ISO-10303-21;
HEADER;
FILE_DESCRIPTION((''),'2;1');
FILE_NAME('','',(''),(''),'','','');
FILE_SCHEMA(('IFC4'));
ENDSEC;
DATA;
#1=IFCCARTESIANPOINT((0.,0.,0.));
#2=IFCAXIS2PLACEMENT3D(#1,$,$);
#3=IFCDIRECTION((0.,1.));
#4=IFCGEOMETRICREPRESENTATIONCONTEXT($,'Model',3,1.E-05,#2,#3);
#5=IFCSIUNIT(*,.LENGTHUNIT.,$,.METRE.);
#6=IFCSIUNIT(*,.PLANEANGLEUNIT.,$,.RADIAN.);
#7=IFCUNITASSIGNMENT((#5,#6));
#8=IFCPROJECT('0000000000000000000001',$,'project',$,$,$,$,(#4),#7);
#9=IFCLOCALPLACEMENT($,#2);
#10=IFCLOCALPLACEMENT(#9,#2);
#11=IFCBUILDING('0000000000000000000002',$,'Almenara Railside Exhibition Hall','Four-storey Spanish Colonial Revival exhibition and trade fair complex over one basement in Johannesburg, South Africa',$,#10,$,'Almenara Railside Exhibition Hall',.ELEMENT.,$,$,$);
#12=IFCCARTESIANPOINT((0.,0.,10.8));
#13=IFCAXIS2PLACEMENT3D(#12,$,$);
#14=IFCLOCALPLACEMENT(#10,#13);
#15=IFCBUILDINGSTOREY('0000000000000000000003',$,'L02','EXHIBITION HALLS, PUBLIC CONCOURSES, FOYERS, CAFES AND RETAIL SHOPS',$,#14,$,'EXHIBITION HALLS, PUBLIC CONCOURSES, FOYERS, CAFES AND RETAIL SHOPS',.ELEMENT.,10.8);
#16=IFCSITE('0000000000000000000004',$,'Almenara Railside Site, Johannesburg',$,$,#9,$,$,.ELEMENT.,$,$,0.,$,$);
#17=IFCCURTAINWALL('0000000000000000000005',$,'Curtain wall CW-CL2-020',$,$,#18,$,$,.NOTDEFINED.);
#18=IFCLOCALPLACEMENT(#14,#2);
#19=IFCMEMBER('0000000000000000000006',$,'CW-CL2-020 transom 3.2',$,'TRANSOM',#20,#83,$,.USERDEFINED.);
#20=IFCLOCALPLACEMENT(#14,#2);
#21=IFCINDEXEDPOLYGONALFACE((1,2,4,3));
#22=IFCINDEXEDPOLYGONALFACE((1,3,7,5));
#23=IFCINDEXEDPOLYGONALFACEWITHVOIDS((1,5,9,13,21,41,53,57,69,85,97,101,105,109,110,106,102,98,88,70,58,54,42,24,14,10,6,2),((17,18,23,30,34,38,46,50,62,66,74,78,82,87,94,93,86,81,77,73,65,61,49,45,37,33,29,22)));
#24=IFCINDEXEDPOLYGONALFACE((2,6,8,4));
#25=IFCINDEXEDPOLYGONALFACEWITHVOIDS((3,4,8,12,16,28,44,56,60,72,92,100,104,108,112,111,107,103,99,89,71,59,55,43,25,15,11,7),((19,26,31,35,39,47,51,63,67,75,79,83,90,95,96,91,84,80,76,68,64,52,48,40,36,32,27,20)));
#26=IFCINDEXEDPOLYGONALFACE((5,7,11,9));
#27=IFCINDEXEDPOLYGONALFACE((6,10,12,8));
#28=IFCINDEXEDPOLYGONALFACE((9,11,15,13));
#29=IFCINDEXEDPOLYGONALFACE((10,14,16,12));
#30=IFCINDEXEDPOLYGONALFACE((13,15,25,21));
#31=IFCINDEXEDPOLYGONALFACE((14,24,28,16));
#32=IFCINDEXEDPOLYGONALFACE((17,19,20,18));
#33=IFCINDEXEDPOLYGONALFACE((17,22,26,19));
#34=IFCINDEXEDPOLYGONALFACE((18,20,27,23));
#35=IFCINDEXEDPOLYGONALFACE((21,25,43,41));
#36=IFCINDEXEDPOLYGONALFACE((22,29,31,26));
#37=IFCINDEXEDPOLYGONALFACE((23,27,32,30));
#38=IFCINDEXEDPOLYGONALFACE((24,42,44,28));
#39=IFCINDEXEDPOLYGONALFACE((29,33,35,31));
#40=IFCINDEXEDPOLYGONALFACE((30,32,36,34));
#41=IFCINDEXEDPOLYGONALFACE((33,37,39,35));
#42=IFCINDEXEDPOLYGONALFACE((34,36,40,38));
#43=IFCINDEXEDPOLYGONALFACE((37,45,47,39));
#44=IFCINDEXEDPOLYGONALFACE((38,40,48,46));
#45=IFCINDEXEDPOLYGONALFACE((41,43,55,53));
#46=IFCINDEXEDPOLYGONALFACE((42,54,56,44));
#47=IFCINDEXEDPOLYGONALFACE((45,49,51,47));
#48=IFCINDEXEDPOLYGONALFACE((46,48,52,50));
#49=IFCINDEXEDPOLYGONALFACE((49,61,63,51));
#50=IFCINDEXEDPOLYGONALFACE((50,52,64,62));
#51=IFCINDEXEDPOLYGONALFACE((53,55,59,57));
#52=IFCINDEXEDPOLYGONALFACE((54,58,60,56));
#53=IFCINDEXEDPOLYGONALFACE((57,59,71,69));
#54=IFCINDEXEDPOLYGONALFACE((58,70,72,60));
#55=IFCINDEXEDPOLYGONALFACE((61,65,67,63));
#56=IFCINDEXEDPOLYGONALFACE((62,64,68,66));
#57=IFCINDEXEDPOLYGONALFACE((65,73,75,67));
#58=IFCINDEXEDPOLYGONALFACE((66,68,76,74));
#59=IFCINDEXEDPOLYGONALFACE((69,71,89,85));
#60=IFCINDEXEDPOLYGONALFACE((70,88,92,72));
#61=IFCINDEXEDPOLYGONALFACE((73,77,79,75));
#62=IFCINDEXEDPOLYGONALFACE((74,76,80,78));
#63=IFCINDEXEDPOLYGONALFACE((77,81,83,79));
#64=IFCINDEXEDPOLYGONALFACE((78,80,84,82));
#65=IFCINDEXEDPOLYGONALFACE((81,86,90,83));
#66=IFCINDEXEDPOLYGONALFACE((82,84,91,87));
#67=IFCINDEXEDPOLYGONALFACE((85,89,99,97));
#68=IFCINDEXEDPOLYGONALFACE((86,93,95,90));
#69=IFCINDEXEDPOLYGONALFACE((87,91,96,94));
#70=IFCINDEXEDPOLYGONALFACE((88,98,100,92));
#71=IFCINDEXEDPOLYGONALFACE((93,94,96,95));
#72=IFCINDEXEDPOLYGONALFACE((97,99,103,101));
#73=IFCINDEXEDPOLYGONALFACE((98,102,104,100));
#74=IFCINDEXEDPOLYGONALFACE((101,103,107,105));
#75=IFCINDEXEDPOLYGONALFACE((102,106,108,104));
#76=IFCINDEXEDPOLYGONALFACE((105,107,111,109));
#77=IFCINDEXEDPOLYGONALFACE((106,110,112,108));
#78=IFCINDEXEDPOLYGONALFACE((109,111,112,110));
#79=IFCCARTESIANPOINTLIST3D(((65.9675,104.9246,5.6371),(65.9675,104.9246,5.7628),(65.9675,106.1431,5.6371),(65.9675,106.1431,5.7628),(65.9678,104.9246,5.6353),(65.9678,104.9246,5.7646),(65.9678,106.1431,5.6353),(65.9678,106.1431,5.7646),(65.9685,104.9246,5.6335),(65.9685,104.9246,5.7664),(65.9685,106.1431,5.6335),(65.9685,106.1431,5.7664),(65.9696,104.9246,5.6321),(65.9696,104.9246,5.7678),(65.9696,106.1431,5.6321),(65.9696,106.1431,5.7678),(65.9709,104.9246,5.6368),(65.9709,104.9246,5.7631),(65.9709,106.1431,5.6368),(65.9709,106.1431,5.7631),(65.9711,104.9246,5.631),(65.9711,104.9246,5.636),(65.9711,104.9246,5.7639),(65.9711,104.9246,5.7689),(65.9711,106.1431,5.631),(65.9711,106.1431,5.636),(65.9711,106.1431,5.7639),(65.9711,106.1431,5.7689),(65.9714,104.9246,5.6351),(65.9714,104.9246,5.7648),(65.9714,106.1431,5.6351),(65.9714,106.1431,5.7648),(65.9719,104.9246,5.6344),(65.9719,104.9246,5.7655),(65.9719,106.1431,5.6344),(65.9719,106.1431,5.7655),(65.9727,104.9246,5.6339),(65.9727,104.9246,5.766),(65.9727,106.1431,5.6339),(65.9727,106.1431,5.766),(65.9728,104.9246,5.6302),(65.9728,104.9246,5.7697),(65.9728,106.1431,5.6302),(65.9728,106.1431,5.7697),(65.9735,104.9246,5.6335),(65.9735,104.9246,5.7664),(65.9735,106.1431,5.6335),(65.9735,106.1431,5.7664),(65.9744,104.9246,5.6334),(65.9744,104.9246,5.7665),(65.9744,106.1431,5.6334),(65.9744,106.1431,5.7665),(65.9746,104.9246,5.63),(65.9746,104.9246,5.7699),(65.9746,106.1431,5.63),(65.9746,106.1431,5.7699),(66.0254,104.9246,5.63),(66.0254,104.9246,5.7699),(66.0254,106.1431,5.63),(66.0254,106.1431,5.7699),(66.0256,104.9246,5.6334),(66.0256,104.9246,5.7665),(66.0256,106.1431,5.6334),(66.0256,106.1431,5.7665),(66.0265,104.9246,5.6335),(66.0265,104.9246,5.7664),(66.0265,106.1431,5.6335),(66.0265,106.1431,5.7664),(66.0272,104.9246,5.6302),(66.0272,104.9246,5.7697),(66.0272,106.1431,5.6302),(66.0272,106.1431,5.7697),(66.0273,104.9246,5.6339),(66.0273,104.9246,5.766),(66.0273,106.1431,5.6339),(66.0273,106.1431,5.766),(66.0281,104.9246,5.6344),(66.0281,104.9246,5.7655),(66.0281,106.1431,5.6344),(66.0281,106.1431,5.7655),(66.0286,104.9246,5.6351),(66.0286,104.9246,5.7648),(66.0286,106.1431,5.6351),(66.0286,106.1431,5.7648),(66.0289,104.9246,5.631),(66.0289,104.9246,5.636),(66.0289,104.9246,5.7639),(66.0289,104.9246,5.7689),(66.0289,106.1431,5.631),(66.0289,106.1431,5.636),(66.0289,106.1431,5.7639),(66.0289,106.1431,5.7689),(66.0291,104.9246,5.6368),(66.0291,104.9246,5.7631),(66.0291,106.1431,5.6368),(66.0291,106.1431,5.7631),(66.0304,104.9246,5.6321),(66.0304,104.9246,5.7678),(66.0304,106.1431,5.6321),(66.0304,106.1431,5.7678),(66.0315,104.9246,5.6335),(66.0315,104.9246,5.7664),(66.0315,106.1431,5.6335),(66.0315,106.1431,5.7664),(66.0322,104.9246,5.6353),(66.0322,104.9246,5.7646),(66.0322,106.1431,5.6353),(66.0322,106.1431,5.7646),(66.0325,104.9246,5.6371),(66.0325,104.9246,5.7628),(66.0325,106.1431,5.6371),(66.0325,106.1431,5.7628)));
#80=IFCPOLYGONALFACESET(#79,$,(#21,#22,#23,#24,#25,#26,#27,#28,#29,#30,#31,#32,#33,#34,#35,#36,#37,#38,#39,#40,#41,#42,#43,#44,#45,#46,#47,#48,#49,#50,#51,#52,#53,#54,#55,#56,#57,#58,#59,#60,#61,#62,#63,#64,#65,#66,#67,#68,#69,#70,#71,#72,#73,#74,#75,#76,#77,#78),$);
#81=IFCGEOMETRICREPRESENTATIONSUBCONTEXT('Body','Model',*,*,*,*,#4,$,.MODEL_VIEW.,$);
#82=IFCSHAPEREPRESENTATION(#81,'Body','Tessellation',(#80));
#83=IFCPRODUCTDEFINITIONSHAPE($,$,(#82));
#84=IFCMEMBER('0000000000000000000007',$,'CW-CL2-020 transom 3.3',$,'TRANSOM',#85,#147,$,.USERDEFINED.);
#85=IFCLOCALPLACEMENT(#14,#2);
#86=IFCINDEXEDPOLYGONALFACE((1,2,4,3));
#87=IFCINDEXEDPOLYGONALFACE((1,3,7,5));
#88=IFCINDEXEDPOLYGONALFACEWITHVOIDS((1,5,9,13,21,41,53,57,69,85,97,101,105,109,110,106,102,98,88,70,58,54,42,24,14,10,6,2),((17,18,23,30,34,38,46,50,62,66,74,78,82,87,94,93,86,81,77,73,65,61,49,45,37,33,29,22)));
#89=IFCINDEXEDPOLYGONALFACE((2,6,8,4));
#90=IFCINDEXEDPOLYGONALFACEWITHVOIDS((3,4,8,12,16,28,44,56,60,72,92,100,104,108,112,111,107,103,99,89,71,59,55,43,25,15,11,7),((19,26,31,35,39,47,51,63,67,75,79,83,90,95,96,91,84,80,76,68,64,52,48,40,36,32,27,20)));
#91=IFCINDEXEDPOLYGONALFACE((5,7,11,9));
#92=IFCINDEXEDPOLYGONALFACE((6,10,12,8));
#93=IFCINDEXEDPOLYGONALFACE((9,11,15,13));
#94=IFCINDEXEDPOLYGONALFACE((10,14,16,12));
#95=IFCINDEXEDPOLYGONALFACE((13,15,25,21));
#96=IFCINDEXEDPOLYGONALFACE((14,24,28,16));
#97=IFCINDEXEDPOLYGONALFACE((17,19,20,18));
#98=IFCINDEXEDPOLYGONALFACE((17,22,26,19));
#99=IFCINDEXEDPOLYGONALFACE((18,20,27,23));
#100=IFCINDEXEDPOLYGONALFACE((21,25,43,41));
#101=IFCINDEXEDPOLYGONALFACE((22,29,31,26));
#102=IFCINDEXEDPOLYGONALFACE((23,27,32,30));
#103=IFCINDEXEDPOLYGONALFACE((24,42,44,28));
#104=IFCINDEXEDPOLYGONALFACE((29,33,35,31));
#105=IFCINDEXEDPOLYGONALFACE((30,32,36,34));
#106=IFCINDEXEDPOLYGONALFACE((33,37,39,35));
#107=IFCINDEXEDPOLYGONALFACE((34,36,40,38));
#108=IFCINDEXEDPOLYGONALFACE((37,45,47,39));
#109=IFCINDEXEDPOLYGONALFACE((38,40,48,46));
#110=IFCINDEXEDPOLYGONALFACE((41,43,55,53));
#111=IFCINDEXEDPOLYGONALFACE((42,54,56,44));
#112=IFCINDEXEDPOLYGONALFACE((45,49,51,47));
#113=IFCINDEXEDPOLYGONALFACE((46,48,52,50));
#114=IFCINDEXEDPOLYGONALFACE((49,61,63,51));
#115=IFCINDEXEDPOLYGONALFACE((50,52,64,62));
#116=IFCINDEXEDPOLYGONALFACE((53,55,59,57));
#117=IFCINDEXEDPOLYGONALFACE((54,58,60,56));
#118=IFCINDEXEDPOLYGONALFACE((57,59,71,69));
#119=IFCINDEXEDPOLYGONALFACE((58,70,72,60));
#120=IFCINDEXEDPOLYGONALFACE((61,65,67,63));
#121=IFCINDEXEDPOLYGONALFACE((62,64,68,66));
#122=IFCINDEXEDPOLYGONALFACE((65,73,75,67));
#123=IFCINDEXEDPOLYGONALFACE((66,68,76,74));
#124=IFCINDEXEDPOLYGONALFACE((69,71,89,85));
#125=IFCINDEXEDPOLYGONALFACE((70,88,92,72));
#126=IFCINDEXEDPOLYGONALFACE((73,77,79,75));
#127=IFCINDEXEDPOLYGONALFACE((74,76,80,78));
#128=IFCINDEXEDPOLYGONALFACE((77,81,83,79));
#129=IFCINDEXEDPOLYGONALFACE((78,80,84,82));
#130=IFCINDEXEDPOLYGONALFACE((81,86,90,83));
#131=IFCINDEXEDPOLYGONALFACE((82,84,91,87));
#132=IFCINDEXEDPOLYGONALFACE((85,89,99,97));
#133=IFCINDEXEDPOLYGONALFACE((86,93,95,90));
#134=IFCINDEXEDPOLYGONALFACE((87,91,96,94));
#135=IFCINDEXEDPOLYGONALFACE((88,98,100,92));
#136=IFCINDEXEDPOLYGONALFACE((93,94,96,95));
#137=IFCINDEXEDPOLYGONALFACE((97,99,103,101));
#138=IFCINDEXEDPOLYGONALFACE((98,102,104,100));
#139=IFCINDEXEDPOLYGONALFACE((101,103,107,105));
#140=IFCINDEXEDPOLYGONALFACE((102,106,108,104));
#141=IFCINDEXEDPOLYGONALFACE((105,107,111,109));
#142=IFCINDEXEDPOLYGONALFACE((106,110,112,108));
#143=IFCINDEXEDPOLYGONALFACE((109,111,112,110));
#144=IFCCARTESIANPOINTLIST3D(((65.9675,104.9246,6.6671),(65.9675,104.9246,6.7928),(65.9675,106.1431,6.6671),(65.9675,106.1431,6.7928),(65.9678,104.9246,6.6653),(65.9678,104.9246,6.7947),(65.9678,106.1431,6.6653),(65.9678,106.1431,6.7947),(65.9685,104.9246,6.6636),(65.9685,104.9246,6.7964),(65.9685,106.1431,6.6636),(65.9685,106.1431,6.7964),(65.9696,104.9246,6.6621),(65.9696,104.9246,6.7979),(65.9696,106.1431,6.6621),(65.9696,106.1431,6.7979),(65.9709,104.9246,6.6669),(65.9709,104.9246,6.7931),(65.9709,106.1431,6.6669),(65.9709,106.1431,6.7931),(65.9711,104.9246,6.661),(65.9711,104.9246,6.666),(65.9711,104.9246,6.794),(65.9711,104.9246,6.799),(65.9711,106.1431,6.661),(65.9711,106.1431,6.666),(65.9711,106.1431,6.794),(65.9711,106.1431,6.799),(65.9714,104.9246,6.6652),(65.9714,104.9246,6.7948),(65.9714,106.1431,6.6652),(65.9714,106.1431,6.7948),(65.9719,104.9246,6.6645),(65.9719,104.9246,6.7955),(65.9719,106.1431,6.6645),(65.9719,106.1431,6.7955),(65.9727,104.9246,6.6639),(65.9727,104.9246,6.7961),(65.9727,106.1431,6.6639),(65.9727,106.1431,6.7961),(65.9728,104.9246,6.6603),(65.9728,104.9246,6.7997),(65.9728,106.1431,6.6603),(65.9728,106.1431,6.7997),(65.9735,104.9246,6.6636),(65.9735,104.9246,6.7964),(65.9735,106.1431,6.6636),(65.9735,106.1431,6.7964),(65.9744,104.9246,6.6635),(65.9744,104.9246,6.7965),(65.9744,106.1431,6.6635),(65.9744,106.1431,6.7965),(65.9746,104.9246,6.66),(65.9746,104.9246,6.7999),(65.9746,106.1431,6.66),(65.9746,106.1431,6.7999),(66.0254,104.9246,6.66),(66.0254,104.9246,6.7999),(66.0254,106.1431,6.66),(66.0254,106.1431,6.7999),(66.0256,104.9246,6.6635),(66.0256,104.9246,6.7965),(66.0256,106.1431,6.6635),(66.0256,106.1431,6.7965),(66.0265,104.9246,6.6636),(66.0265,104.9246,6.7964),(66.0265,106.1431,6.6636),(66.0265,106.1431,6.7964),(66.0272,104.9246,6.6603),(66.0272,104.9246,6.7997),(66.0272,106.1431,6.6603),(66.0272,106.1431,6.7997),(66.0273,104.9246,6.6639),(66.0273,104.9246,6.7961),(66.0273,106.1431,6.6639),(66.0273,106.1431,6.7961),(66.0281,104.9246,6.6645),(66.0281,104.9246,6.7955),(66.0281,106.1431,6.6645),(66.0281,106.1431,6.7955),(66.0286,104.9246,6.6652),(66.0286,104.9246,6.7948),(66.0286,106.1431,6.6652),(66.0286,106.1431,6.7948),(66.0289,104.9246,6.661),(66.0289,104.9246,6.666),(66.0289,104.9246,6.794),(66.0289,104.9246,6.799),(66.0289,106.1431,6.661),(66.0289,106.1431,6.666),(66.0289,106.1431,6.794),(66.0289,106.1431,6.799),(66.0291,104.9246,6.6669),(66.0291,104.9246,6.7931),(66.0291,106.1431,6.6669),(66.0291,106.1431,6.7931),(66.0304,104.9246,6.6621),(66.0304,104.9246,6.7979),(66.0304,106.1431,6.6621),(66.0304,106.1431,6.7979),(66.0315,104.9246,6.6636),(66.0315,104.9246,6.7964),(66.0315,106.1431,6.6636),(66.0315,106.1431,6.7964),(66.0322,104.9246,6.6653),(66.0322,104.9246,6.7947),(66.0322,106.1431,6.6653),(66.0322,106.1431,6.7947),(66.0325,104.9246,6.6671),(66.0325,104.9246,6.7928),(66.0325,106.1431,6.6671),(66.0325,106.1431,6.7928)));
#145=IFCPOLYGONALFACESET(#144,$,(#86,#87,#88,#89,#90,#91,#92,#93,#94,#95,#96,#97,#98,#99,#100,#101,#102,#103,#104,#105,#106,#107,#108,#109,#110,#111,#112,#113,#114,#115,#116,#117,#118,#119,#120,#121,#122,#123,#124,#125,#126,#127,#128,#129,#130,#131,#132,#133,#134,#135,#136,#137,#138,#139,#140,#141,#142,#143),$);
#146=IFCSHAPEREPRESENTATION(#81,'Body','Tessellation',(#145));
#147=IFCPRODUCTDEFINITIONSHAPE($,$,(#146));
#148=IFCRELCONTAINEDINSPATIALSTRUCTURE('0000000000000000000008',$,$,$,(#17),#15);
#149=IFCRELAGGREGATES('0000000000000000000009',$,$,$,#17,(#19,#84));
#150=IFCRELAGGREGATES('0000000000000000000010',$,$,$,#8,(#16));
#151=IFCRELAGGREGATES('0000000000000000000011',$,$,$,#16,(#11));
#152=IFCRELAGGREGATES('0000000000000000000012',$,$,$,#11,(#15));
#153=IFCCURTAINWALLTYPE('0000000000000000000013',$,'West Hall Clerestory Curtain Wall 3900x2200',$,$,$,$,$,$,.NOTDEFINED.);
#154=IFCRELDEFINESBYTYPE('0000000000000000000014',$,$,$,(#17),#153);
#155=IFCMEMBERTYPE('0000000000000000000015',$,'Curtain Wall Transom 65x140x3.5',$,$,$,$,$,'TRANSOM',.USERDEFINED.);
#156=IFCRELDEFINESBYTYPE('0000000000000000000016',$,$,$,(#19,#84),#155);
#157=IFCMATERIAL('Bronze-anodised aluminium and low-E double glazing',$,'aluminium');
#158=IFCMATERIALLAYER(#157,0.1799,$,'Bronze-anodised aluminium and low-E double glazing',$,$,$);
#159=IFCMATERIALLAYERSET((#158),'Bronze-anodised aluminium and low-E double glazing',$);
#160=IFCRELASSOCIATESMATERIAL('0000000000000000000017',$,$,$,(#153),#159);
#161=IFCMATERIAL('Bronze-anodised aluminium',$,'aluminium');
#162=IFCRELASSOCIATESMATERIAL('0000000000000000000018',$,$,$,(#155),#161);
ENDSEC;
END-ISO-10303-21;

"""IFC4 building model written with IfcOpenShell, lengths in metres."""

from ifc_helpers import new_model, si_unit, direction, frame, origin, origin_2d, place, context, subcontext, project, spatial, hollow_rectangle, extrude, material, layer, layer_set, material_profile, profile_set, type_object, element, aggregate, save


model = new_model("IFC4")

# Units and contexts
model_context = context("Model", 3, precision=1e-05, world=origin(), true_north=direction((0.0, 1.0)))
body_context = subcontext(model_context, "Body", "Model", "MODEL_VIEW")
ifc_project = project(units=[si_unit("LENGTHUNIT", "METRE"), si_unit("PLANEANGLEUNIT", "RADIAN")], contexts=[model_context])

# Site, building, storey
site_placement = place(None, origin())
site = spatial("IfcSite", under=ifc_project, at=site_placement, Name="Almenara Railside Site, Johannesburg", CompositionType="ELEMENT", RefElevation=0.0)
building_placement = place(site_placement, origin())
building = spatial("IfcBuilding", under=site, at=building_placement, Name="Almenara Railside Exhibition Hall", Description="Four-storey Spanish Colonial Revival exhibition and trade fair complex over one basement in Johannesburg, South Africa", LongName="Almenara Railside Exhibition Hall", CompositionType="ELEMENT")
storey_placement = place(building_placement, frame((0.0, 0.0, 10.8)))
storey = spatial("IfcBuildingStorey", under=building, at=storey_placement, Name="L02", Description="EXHIBITION HALLS, PUBLIC CONCOURSES, FOYERS, CAFES AND RETAIL SHOPS", LongName="EXHIBITION HALLS, PUBLIC CONCOURSES, FOYERS, CAFES AND RETAIL SHOPS", CompositionType="ELEMENT", Elevation=10.8)

# Curtain wall
ifc_material_1 = material(Name="Bronze-anodised aluminium and low-E double glazing", Category="aluminium")
ifc_layer_1 = layer(ifc_material_1, 0.1799, Name="Bronze-anodised aluminium and low-E double glazing")
ifc_layer_set_1 = layer_set([ifc_layer_1], Name="Bronze-anodised aluminium and low-E double glazing")
curtain_wall_type = type_object("IfcCurtainWallType", Name="West Hall Clerestory Curtain Wall 3900x2200", PredefinedType="NOTDEFINED", material=ifc_layer_set_1)
curtain_wall_1_placement = place(storey_placement, origin())
curtain_wall_1 = element("IfcCurtainWall", 1, at=curtain_wall_1_placement, inside=storey, type_object=curtain_wall_type, Name="Curtain wall CW-CL2-020", PredefinedType="NOTDEFINED")
ifc_material_2 = material(Name="Bronze-anodised aluminium", Category="aluminium")

# Members
ifc_material_profile_1 = material_profile(ifc_material_2, hollow_rectangle(XDim=0.0649, YDim=0.1399, WallThickness=0.0034, InnerFilletRadius=0.0034, OuterFilletRadius=0.0071, at=origin_2d()), Name="ALU-TRN 65x140x3.5")
ifc_profile_set_1 = profile_set([ifc_material_profile_1], Name="Bronze-anodised aluminium")
member_type_1 = type_object("IfcMemberType", Name="Curtain Wall Transom 65x140x3.5", ElementType="TRANSOM", PredefinedType="USERDEFINED", material=ifc_profile_set_1)
member_1_placement = place(storey_placement, frame((66.0, 104.9246, 5.7), z_axis=(0.0, 1.0, 0.0), x_axis=(-1.0, 0.0, 0.0)))
member_1 = element("IfcMember", 2, at=member_1_placement, type_object=member_type_1, Name="CW-CL2-020 transom 3.2", ObjectType="TRANSOM", PredefinedType="USERDEFINED", context=body_context, shape_type="SweptSolid", body=[
    extrude(hollow_rectangle(XDim=0.0649, YDim=0.1399, WallThickness=0.0034, InnerFilletRadius=0.0034, OuterFilletRadius=0.0071, at=origin_2d()), origin(), (0.0, 0.0, 1.0), 1.2185),
])
member_2_placement = place(storey_placement, frame((66.0, 104.9246, 6.73), z_axis=(0.0, 1.0, 0.0), x_axis=(-1.0, 0.0, 0.0)))
member_2 = element("IfcMember", 3, at=member_2_placement, type_object=member_type_1, Name="CW-CL2-020 transom 3.3", ObjectType="TRANSOM", PredefinedType="USERDEFINED", context=body_context, shape_type="SweptSolid", body=[
    extrude(hollow_rectangle(XDim=0.0649, YDim=0.1399, WallThickness=0.0034, InnerFilletRadius=0.0034, OuterFilletRadius=0.0071, at=origin_2d()), origin(), (0.0, 0.0, 1.0), 1.2185),
])

aggregate(curtain_wall_1, [member_1, member_2])

save(model, "model.ifc")
